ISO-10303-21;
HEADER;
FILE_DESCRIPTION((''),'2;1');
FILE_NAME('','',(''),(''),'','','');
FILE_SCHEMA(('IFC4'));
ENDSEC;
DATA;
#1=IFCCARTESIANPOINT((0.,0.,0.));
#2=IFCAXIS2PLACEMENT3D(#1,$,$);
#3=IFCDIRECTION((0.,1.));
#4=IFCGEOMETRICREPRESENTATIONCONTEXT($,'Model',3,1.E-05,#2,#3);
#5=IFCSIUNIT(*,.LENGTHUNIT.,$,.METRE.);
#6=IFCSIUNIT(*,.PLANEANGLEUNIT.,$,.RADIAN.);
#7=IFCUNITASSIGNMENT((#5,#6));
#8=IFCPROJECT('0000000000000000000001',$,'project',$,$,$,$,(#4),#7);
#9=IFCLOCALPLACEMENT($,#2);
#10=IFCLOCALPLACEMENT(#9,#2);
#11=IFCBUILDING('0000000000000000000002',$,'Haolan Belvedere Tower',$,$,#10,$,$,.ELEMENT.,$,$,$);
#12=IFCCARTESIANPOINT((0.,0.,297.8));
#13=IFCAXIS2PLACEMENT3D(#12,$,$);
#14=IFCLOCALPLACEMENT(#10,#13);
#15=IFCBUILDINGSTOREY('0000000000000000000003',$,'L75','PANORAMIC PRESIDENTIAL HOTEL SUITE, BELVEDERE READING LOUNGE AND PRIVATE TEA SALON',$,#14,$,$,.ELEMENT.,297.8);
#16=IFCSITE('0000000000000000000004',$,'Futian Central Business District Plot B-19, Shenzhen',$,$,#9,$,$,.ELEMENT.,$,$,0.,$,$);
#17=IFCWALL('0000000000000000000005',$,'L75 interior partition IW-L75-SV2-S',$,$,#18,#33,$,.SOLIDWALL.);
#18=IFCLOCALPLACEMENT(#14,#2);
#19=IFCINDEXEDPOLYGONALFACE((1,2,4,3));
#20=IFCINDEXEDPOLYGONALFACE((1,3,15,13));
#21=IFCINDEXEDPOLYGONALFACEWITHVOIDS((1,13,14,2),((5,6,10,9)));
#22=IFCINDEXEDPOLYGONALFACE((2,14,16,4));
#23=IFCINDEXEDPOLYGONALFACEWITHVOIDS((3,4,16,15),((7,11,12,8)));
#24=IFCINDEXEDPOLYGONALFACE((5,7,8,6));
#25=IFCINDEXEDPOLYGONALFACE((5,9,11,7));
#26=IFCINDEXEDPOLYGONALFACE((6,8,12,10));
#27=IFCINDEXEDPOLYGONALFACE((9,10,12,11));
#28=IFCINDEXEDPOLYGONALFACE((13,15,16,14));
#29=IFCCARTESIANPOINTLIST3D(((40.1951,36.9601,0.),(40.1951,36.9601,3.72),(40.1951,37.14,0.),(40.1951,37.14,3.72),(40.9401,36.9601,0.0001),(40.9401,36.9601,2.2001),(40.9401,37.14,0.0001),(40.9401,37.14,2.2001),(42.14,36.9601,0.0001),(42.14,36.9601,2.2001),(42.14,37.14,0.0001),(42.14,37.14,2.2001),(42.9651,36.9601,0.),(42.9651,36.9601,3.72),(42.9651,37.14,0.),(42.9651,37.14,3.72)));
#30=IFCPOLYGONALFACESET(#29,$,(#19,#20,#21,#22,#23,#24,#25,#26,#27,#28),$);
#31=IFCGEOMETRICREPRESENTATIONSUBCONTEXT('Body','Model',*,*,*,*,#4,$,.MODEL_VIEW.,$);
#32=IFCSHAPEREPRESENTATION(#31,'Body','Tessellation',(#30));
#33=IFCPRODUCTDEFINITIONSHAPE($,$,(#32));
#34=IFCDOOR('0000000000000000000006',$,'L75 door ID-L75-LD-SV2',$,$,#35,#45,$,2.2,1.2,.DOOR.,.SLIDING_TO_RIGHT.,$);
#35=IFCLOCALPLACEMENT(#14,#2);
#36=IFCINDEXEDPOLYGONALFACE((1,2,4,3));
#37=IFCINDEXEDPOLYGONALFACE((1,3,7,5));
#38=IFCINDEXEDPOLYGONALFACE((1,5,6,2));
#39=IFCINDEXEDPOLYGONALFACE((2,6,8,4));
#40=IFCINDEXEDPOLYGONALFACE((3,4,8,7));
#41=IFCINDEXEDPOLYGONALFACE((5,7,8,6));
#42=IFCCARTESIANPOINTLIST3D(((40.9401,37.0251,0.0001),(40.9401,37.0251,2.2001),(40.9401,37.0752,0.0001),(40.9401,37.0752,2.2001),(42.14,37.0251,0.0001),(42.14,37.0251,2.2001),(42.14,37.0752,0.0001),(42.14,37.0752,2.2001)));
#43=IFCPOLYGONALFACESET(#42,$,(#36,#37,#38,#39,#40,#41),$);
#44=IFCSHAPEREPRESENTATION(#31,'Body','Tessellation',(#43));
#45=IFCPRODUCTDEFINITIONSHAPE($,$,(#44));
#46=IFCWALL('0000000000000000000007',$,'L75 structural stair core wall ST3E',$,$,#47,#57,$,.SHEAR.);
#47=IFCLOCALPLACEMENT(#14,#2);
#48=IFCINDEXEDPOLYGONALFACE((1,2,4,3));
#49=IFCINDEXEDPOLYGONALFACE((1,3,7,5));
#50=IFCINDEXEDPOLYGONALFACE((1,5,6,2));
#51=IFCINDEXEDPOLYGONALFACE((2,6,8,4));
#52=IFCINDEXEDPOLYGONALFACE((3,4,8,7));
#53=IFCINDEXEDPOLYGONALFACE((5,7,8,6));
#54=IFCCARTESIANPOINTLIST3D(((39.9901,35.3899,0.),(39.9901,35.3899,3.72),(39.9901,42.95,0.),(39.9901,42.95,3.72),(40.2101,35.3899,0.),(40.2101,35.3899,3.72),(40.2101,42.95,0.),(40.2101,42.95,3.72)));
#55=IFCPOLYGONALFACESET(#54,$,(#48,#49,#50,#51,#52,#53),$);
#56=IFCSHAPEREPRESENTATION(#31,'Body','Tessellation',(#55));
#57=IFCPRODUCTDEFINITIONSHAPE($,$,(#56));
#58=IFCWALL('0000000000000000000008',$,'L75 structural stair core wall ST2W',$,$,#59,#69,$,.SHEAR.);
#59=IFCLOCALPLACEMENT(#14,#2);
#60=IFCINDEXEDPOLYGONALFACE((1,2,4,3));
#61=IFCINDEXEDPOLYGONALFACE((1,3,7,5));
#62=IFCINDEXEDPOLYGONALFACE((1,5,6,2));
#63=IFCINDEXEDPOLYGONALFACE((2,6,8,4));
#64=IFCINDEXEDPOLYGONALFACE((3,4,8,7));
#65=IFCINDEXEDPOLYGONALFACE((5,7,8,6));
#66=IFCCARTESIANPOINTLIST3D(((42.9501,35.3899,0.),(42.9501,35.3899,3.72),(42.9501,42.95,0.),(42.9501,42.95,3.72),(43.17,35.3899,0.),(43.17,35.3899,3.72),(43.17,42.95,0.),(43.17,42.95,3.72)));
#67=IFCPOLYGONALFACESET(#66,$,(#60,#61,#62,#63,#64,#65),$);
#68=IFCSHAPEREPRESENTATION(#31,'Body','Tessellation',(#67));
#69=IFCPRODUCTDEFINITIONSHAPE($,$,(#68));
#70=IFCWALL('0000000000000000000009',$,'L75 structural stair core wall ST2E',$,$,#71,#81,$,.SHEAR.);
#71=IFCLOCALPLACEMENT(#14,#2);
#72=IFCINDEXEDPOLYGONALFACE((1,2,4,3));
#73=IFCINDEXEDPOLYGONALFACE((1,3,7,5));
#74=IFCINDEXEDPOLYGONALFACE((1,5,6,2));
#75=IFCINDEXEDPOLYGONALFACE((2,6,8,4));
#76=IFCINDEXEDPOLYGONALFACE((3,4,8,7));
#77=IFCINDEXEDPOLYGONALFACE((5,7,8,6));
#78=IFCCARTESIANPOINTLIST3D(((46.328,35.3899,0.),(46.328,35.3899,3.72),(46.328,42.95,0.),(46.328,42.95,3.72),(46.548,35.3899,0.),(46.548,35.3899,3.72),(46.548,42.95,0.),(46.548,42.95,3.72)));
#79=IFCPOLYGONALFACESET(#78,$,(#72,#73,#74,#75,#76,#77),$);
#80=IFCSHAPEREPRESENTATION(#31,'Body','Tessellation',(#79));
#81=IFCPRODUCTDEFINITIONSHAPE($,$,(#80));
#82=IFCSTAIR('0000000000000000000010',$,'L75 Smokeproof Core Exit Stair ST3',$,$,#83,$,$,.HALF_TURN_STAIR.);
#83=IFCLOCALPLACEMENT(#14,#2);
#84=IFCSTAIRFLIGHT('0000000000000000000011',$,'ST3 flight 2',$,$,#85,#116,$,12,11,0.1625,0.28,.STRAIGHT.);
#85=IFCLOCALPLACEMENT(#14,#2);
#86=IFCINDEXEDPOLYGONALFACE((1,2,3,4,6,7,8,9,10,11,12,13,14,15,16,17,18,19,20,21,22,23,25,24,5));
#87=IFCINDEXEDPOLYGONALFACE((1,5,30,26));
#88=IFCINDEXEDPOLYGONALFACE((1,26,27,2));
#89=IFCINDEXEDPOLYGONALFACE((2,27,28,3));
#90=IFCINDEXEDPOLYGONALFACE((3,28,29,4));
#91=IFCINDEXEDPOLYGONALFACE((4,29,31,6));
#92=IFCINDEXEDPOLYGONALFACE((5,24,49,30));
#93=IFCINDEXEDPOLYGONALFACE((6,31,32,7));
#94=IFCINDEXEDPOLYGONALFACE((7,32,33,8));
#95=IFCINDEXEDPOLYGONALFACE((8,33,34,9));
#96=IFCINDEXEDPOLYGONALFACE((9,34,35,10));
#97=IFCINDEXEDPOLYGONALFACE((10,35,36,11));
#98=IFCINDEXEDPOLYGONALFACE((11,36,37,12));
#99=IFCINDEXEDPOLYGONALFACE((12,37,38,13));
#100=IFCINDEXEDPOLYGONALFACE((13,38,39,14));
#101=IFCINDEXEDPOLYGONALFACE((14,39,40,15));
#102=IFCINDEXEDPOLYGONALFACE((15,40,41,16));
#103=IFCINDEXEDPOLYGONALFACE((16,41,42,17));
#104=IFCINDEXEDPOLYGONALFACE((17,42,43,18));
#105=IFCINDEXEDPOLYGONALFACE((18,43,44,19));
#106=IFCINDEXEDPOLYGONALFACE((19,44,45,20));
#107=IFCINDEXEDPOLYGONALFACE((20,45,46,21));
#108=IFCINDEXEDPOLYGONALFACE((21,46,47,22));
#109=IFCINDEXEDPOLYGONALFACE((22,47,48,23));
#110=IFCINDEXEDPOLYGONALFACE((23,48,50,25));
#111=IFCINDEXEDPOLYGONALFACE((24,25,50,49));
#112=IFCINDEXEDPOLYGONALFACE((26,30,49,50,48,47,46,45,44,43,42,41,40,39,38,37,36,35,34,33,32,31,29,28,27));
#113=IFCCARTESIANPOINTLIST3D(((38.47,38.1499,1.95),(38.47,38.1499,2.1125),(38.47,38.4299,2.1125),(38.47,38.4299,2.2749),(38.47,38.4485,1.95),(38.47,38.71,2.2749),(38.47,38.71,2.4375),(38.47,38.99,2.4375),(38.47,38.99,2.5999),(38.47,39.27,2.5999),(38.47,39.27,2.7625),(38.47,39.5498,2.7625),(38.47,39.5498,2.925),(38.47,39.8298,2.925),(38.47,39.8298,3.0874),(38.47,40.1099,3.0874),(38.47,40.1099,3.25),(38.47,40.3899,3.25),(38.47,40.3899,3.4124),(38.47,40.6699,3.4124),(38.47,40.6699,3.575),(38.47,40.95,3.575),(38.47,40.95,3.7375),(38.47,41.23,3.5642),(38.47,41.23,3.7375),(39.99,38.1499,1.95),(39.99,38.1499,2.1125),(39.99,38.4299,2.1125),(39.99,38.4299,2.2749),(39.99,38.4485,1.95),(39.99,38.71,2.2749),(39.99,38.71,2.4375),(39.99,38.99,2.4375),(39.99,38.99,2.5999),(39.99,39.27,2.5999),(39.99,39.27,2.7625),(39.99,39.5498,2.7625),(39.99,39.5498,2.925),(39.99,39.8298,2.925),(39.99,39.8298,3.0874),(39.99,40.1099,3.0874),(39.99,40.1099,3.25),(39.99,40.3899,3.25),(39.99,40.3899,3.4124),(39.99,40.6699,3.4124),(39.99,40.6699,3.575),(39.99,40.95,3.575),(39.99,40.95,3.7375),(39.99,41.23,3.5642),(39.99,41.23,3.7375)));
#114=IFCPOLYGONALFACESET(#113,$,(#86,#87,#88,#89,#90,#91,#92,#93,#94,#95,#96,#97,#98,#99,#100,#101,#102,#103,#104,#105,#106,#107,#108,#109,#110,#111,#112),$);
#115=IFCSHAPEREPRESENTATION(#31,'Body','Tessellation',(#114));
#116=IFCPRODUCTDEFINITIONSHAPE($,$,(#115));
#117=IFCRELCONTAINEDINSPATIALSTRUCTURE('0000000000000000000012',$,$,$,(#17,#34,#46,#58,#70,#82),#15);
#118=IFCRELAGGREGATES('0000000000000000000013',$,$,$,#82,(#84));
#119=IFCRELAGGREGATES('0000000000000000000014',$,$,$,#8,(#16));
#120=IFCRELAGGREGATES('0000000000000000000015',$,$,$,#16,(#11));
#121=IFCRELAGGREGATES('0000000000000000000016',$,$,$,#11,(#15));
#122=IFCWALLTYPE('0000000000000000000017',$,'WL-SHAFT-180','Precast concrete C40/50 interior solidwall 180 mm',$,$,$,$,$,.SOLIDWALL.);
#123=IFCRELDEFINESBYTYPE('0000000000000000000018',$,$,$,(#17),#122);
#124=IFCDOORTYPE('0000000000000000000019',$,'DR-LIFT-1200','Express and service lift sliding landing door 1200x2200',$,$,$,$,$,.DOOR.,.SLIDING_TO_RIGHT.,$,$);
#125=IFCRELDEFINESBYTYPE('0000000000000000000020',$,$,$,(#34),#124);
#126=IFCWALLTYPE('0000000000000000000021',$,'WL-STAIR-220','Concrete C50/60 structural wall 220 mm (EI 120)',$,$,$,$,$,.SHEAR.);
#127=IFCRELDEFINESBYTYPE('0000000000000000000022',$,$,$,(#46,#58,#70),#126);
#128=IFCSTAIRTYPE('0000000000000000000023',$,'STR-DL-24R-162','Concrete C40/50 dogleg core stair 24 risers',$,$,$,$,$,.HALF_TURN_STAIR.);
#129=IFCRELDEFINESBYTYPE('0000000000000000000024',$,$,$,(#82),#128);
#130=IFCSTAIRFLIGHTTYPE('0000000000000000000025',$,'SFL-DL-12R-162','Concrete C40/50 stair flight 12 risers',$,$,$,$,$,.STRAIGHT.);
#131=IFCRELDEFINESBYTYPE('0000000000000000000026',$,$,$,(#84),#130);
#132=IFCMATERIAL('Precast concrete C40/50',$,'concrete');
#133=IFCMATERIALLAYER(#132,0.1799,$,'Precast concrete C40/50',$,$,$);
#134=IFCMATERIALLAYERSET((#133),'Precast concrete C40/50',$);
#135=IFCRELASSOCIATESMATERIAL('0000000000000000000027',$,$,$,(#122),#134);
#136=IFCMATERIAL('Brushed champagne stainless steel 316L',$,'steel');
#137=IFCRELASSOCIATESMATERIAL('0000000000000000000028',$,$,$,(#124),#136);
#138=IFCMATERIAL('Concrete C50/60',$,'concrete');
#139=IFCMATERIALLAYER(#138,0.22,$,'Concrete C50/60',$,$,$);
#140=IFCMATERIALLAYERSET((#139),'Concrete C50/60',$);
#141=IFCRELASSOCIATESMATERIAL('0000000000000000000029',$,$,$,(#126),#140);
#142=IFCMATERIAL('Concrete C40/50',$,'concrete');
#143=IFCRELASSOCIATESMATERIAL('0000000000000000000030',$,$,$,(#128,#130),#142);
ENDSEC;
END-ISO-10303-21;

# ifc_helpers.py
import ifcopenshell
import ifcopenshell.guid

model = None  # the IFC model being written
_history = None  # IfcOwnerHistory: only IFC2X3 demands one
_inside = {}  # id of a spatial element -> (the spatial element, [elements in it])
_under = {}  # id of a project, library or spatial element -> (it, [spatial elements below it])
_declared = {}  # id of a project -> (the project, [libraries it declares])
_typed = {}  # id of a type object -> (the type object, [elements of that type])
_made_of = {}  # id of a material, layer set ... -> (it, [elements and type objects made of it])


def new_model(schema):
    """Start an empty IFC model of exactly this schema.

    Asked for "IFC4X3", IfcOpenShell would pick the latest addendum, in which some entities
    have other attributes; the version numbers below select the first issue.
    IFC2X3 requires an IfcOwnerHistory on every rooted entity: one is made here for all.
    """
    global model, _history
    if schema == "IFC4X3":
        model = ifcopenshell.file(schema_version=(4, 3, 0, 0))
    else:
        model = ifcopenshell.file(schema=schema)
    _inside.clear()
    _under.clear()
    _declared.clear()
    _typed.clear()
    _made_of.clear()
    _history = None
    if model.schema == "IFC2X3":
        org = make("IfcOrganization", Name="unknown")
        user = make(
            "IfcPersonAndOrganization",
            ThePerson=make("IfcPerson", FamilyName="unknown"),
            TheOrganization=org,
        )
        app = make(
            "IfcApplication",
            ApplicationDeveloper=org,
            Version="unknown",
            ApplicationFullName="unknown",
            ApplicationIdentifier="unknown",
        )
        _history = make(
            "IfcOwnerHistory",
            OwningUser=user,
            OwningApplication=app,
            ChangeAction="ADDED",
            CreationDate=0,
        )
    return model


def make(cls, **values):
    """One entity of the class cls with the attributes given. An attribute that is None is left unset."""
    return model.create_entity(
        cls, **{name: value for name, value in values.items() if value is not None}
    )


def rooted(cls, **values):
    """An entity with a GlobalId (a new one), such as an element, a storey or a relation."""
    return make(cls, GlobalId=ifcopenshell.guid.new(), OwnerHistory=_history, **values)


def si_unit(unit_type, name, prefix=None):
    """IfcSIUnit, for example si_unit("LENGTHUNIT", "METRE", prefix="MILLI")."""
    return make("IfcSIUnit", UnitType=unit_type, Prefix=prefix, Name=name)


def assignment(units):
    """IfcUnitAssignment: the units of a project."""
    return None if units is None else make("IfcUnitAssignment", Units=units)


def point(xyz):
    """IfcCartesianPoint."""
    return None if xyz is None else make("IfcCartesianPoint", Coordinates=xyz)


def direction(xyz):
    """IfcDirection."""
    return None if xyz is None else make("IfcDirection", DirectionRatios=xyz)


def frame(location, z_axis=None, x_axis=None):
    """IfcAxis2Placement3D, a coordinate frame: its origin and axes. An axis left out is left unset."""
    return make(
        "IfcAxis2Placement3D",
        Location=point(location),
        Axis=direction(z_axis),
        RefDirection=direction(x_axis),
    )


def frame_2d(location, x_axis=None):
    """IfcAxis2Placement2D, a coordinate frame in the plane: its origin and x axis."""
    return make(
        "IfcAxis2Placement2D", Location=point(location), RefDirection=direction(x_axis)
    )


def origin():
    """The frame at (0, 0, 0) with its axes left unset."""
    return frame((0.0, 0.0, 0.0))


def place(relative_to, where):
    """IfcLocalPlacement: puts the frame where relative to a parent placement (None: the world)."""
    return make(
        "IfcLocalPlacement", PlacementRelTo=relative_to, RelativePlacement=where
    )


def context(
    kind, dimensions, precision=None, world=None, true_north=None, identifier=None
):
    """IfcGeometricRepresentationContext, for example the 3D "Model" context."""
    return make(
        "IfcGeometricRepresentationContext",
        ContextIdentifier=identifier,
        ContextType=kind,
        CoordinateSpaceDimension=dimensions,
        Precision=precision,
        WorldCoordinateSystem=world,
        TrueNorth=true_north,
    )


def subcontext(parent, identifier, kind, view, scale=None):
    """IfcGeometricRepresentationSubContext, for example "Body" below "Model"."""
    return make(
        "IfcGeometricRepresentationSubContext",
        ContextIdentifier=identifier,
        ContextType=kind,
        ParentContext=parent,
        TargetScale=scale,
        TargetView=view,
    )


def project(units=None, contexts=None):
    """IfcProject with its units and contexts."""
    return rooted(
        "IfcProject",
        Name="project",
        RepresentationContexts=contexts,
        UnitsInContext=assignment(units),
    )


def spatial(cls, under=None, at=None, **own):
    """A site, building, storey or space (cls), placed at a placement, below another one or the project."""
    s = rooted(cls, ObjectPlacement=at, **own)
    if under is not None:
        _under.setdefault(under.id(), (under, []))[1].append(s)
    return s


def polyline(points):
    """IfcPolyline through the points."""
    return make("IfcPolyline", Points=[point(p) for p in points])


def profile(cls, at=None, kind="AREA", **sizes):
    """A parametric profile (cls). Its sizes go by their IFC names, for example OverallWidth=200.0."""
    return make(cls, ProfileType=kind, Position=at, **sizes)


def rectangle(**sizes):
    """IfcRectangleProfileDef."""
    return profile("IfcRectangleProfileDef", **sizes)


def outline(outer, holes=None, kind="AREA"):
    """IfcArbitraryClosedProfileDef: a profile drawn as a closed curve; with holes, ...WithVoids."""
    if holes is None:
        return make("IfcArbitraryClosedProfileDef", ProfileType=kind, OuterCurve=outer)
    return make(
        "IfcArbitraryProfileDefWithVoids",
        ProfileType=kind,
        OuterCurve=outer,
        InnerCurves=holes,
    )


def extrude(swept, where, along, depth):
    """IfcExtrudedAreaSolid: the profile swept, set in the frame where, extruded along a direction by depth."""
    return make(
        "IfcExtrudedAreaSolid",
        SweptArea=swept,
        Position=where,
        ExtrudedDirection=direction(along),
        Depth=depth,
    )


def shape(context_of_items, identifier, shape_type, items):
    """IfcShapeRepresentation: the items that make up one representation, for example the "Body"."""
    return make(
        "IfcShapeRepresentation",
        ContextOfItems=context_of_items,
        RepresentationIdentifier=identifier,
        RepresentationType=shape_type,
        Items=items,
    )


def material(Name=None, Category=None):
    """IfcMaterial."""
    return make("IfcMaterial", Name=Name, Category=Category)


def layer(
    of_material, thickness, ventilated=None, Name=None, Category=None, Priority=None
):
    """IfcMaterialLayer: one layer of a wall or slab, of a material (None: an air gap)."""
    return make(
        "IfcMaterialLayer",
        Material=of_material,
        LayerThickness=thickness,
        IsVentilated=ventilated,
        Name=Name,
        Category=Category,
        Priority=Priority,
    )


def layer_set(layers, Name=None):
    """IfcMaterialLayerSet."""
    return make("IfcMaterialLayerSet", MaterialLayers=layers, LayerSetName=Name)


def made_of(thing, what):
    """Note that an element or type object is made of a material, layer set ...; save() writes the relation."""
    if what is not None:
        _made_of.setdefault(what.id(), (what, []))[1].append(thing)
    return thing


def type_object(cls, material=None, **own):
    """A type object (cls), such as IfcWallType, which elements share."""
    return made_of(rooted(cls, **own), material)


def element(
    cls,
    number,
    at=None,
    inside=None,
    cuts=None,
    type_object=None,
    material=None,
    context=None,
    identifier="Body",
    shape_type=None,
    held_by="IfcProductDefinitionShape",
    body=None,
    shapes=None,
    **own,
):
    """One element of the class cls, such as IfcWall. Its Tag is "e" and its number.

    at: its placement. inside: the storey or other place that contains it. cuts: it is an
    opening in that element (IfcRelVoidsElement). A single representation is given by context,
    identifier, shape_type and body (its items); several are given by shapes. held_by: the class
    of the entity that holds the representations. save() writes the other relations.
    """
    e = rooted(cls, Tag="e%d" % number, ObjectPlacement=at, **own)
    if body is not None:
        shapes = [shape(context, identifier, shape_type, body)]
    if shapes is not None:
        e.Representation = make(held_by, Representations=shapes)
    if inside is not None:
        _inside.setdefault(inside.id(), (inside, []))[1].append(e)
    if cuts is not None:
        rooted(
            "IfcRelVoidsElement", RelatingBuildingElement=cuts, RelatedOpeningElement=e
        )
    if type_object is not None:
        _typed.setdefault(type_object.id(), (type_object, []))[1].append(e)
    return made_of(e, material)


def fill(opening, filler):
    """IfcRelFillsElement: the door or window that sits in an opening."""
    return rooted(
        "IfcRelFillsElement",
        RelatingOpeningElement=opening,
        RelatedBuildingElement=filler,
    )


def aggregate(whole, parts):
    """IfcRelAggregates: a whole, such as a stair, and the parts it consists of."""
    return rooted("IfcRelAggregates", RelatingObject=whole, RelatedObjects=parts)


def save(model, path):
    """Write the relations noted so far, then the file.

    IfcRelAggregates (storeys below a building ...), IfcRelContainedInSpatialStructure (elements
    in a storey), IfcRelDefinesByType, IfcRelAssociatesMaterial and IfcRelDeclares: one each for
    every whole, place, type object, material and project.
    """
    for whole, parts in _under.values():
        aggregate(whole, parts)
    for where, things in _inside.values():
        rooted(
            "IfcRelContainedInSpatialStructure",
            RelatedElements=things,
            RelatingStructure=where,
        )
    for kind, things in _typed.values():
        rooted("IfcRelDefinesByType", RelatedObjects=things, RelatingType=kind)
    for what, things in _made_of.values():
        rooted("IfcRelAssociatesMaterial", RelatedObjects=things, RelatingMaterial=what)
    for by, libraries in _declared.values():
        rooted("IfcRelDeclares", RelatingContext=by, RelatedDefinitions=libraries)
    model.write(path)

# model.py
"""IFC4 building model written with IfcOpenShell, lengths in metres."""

from ifc_helpers import new_model, si_unit, direction, frame, frame_2d, origin, place, context, subcontext, project, spatial, polyline, rectangle, outline, extrude, material, layer, layer_set, type_object, element, fill, aggregate, save


model = new_model("IFC4")

# Units and contexts
model_context = context("Model", 3, precision=1e-05, world=origin(), true_north=direction((0.0, 1.0)))
body_context = subcontext(model_context, "Body", "Model", "MODEL_VIEW")
ifc_project = project(units=[si_unit("LENGTHUNIT", "METRE"), si_unit("PLANEANGLEUNIT", "RADIAN")], contexts=[model_context])

# Site, building, storey
site_placement = place(None, origin())
site = spatial("IfcSite", under=ifc_project, at=site_placement, Name="Futian Central Business District Plot B-19, Shenzhen", CompositionType="ELEMENT", RefElevation=0.0)
building_placement = place(site_placement, origin())
building = spatial("IfcBuilding", under=site, at=building_placement, Name="Haolan Belvedere Tower", CompositionType="ELEMENT")
storey_placement = place(building_placement, frame((0.0, 0.0, 297.8)))
storey = spatial("IfcBuildingStorey", under=building, at=storey_placement, Name="L75", Description="PANORAMIC PRESIDENTIAL HOTEL SUITE, BELVEDERE READING LOUNGE AND PRIVATE TEA SALON", CompositionType="ELEMENT", Elevation=297.8)

# Shared definitions
ifc_material_1 = material(Name="Concrete C50/60", Category="concrete")

# Shared definitions
ifc_material_2 = material(Name="Precast concrete C40/50", Category="concrete")

# Shared definitions
ifc_material_3 = material(Name="Brushed champagne stainless steel 316L", Category="steel")

# Wall, opening, door
ifc_layer_1 = layer(ifc_material_2, 0.1799, Name="Precast concrete C40/50")
ifc_layer_set_1 = layer_set([ifc_layer_1], Name="Precast concrete C40/50")
wall_type_1 = type_object("IfcWallType", Name="WL-SHAFT-180", Description="Precast concrete C40/50 interior solidwall 180 mm", PredefinedType="SOLIDWALL", material=ifc_layer_set_1)
wall_1_placement = place(storey_placement, frame((40.1951, 37.05, 0.0), z_axis=(0.0, 0.0, 1.0), x_axis=(1.0, 0.0, 0.0)))
wall_1 = element("IfcWall", 1, at=wall_1_placement, inside=storey, type_object=wall_type_1, Name="L75 interior partition IW-L75-SV2-S", PredefinedType="SOLIDWALL", context=body_context, shape_type="SweptSolid", body=[
    extrude(rectangle(XDim=2.77, YDim=0.1799, at=frame_2d((1.385, 0.0))), origin(), (0.0, 0.0, 1.0), 3.72),
])
opening_1_placement = place(wall_1_placement, frame((1.9451, 0.0, 0.0), z_axis=(0.0, 0.0, 1.0), x_axis=(-1.0, 0.0, 0.0)))
opening_1 = element("IfcOpeningElement", 2, at=opening_1_placement, cuts=wall_1, PredefinedType="OPENING", context=body_context, shape_type="SweptSolid", body=[
    extrude(rectangle(XDim=1.2, YDim=2.2, at=frame_2d((0.6001, 1.1001))), frame((0.0, 0.0999, 0.0), z_axis=(0.0, -1.0, 0.0), x_axis=(1.0, 0.0, 0.0)), (0.0, 0.0, 1.0), 0.2),
])
door_type_1 = type_object("IfcDoorType", Name="DR-LIFT-1200", Description="Express and service lift sliding landing door 1200x2200", OperationType="SLIDING_TO_RIGHT", PredefinedType="DOOR", material=ifc_material_3)
door_1_placement = place(opening_1_placement, origin())
door_1 = element("IfcDoor", 3, at=door_1_placement, inside=storey, type_object=door_type_1, Name="L75 door ID-L75-LD-SV2", OperationType="SLIDING_TO_RIGHT", OverallHeight=2.2, OverallWidth=1.2, PredefinedType="DOOR", context=body_context, shape_type="SweptSolid", body=[
    extrude(rectangle(XDim=1.2, YDim=2.2, at=frame_2d((0.6001, 1.1001))), frame((0.0, 0.0249, 0.0), z_axis=(0.0, -1.0, 0.0), x_axis=(1.0, 0.0, 0.0)), (0.0, 0.0, 1.0), 0.05),
])
fill(opening_1, door_1)

# Walls
ifc_layer_2 = layer(ifc_material_1, 0.22, Name="Concrete C50/60")
ifc_layer_set_2 = layer_set([ifc_layer_2], Name="Concrete C50/60")
wall_type_2 = type_object("IfcWallType", Name="WL-STAIR-220", Description="Concrete C50/60 structural wall 220 mm (EI 120)", PredefinedType="SHEAR", material=ifc_layer_set_2)
for number, where, z_axis, x_axis, name in (
    (4, (40.1001, 35.3899, 0.0), (0.0, 0.0, 1.0), (0.0, 1.0, 0.0), "L75 structural stair core wall ST3E"),
    (5, (43.0601, 35.3899, 0.0), (0.0, 0.0, 1.0), (0.0, 1.0, 0.0), "L75 structural stair core wall ST2W"),
    (6, (46.438, 35.3899, 0.0), (0.0, 0.0, 1.0), (0.0, 1.0, 0.0), "L75 structural stair core wall ST2E"),
):
    element("IfcWall", number, at=place(storey_placement, frame(where, z_axis=z_axis, x_axis=x_axis)), inside=storey, type_object=wall_type_2, Name=name, PredefinedType="SHEAR", context=body_context, shape_type="SweptSolid", body=[
        extrude(rectangle(XDim=7.5601, YDim=0.22, at=frame_2d((3.78, 0.0))), origin(), (0.0, 0.0, 1.0), 3.72),
    ])

# Stair, stair flight
ifc_material_4 = material(Name="Concrete C40/50", Category="concrete")
stair_type = type_object("IfcStairType", Name="STR-DL-24R-162", Description="Concrete C40/50 dogleg core stair 24 risers", PredefinedType="HALF_TURN_STAIR", material=ifc_material_4)
stair_placement = place(storey_placement, origin())
stair = element("IfcStair", 7, at=stair_placement, inside=storey, type_object=stair_type, Name="L75 Smokeproof Core Exit Stair ST3", PredefinedType="HALF_TURN_STAIR")
stair_flight_type = type_object("IfcStairFlightType", Name="SFL-DL-12R-162", Description="Concrete C40/50 stair flight 12 risers", PredefinedType="STRAIGHT", material=ifc_material_4)
stair_flight_placement = place(storey_placement, frame((39.23, 38.1499, 1.95), z_axis=(0.0, 0.0, 1.0), x_axis=(0.0, 1.0, 0.0)))
stair_flight = element("IfcStairFlight", 8, at=stair_flight_placement, type_object=stair_flight_type, Name="ST3 flight 2", NumberOfRisers=12, NumberOfTreads=11, PredefinedType="STRAIGHT", RiserHeight=0.1625, TreadLength=0.28, context=body_context, shape_type="SweptSolid", body=[
    extrude(outline(polyline([(0.0, 0.0), (0.0, 0.1626), (0.28, 0.1626), (0.28, 0.325), (0.5601, 0.325), (0.5601, 0.4875), (0.8401, 0.4875), (0.8401, 0.6499), (1.1201, 0.6499), (1.1201, 0.8125), (1.3999, 0.8125), (1.3999, 0.9751), (1.6799, 0.9751), (1.6799, 1.1375), (1.96, 1.1375), (1.96, 1.3), (2.24, 1.3), (2.24, 1.4624), (2.52, 1.4624), (2.52, 1.625), (2.8, 1.625), (2.8, 1.7876), (3.0801, 1.7876), (3.0801, 1.95), (3.0801, 1.6143), (0.2986, 0.0), (0.0, 0.0)])), frame((0.0, 0.76, 0.0), z_axis=(0.0, -1.0, 0.0), x_axis=(1.0, 0.0, 0.0)), (0.0, 0.0, 1.0), 1.52),
])
aggregate(stair, [stair_flight])

save(model, "model.ifc")
